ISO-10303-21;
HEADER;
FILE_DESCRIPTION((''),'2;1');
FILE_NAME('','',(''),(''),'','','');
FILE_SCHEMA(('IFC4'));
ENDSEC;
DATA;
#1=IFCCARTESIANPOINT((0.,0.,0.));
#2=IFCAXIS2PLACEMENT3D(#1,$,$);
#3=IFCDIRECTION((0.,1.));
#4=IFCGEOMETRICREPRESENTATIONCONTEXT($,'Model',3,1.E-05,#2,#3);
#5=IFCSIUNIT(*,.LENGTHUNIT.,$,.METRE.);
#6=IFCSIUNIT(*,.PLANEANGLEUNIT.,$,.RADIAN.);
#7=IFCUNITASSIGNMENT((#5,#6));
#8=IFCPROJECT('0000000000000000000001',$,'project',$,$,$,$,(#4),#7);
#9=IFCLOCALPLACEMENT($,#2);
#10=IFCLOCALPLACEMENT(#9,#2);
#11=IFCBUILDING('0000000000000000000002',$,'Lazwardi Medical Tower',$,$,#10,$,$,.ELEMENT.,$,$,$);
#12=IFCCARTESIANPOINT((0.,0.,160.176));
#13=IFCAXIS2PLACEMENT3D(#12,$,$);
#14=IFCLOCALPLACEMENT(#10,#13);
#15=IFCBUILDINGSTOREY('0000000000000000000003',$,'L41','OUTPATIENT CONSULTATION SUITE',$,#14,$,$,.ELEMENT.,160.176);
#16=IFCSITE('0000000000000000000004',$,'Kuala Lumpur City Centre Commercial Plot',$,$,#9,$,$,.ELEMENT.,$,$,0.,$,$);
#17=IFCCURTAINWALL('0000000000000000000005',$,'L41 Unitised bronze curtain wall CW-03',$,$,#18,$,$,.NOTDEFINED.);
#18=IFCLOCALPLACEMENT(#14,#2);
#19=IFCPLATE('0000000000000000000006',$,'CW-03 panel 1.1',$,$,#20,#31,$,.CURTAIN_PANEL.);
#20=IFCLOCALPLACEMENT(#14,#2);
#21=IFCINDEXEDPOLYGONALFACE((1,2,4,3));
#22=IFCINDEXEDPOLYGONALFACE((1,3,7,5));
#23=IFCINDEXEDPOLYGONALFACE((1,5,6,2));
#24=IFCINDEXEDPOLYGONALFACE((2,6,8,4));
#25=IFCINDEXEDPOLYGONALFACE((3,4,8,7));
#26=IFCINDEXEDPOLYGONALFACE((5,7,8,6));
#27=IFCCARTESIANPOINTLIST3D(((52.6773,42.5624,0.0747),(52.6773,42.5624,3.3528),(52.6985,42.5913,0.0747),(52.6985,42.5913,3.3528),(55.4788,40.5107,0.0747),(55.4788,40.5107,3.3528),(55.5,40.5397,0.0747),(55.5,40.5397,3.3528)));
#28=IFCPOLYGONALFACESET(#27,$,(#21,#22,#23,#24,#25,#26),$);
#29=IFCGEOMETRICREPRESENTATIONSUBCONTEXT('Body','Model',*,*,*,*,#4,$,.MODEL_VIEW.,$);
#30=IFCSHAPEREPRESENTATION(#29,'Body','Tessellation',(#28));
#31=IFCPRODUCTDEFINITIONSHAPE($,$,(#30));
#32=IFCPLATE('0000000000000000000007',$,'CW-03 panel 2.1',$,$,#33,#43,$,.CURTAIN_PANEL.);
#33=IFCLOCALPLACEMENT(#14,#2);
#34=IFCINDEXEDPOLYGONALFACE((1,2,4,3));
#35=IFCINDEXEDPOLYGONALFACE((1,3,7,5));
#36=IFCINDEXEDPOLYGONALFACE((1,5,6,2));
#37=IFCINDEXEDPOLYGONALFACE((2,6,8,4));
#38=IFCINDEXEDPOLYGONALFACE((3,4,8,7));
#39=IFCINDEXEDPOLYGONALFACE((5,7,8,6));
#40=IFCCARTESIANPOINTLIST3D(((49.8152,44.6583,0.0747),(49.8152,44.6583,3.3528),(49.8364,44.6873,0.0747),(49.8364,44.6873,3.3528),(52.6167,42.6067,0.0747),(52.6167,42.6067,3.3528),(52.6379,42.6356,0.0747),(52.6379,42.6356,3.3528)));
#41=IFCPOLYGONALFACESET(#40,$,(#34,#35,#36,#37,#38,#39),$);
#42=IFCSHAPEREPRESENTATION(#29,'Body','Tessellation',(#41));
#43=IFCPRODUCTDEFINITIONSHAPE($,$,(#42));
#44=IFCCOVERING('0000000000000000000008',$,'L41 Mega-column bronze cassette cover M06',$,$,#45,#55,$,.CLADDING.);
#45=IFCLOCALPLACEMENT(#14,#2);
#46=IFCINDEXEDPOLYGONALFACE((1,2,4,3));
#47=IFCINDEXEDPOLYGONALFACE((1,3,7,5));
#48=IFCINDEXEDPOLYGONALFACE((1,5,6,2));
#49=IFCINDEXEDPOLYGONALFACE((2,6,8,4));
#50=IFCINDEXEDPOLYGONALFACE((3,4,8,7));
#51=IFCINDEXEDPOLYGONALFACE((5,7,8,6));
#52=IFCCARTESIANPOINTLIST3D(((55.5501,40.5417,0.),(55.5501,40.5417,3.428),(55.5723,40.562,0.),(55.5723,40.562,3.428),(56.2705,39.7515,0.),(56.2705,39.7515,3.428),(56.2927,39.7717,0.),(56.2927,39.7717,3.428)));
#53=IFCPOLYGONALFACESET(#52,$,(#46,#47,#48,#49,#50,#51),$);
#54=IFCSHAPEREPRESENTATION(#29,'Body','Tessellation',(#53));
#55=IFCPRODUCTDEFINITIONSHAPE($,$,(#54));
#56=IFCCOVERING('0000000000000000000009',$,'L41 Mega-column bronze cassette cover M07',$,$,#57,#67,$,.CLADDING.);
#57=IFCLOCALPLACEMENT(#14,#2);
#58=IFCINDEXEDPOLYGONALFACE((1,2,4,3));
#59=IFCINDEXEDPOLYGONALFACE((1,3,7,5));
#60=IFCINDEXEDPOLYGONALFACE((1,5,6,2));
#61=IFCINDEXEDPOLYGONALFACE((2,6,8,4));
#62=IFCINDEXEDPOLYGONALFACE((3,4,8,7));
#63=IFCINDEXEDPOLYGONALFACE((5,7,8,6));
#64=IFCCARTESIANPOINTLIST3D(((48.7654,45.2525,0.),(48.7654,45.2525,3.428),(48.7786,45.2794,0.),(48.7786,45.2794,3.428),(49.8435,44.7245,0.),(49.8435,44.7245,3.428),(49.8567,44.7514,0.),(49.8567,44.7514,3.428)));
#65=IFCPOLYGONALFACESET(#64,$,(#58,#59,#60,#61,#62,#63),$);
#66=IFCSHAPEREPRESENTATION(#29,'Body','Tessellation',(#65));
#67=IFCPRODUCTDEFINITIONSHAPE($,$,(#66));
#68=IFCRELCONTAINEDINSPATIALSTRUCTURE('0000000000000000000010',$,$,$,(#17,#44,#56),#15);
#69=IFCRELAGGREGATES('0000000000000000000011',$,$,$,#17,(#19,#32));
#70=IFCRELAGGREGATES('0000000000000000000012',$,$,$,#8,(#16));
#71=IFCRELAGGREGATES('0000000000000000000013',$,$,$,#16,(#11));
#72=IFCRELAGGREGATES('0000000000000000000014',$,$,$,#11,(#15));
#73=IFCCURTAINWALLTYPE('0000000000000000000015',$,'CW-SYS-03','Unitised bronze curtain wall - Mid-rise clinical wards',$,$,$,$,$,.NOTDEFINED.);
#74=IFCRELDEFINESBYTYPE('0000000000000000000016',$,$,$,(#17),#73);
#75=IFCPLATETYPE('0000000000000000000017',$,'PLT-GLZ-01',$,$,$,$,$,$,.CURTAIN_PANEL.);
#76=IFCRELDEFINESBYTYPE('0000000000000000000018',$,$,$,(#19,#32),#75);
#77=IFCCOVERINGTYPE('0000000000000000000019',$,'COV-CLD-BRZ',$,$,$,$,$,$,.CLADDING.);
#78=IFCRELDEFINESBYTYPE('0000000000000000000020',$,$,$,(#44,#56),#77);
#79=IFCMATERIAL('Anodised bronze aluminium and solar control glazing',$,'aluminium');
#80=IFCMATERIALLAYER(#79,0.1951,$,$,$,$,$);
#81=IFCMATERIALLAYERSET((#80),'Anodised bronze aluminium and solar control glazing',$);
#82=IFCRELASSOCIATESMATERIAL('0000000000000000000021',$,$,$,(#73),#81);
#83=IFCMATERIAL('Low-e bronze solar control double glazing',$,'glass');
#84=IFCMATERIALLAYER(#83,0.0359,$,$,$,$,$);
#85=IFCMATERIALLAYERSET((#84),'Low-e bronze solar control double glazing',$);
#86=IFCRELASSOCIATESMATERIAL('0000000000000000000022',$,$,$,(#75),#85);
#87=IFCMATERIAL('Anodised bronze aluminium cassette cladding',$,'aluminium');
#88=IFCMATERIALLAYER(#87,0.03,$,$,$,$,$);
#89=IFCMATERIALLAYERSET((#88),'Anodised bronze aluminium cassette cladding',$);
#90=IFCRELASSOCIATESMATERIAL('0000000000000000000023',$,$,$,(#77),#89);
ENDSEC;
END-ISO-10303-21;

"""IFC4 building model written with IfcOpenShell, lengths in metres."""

from ifc_helpers import new_model, si_unit, direction, frame, origin, origin_2d, place, context, subcontext, project, spatial, rectangle, extrude, material, layer, layer_set, type_object, element, aggregate, save


model = new_model("IFC4")

# Units and contexts
model_context = context("Model", 3, precision=1e-05, world=origin(), true_north=direction((0.0, 1.0)))
body_context = subcontext(model_context, "Body", "Model", "MODEL_VIEW")
ifc_project = project(units=[si_unit("LENGTHUNIT", "METRE"), si_unit("PLANEANGLEUNIT", "RADIAN")], contexts=[model_context])

# Site, building, storey
site_placement = place(None, origin())
site = spatial("IfcSite", under=ifc_project, at=site_placement, Name="Kuala Lumpur City Centre Commercial Plot", CompositionType="ELEMENT", RefElevation=0.0)
building_placement = place(site_placement, origin())
building = spatial("IfcBuilding", under=site, at=building_placement, Name="Lazwardi Medical Tower", CompositionType="ELEMENT")
storey_placement = place(building_placement, frame((0.0, 0.0, 160.176)))
storey = spatial("IfcBuildingStorey", under=building, at=storey_placement, Name="L41", Description="OUTPATIENT CONSULTATION SUITE", CompositionType="ELEMENT", Elevation=160.176)

# Shared definitions
ifc_material_1 = material(Name="Anodised bronze aluminium and solar control glazing", Category="aluminium")
ifc_layer_1 = layer(ifc_material_1, 0.1951)
ifc_layer_set_1 = layer_set([ifc_layer_1], Name="Anodised bronze aluminium and solar control glazing")
curtain_wall_type = type_object("IfcCurtainWallType", Name="CW-SYS-03", Description="Unitised bronze curtain wall - Mid-rise clinical wards", PredefinedType="NOTDEFINED", material=ifc_layer_set_1)

# Curtain wall
curtain_wall_1_placement = place(storey_placement, origin())
curtain_wall_1 = element("IfcCurtainWall", 1, at=curtain_wall_1_placement, inside=storey, type_object=curtain_wall_type, Name="L41 Unitised bronze curtain wall CW-03", PredefinedType="NOTDEFINED")

# Plates
ifc_material_2 = material(Name="Low-e bronze solar control double glazing", Category="glass")
ifc_layer_2 = layer(ifc_material_2, 0.0359)
ifc_layer_set_2 = layer_set([ifc_layer_2], Name="Low-e bronze solar control double glazing")
plate_type = type_object("IfcPlateType", Name="PLT-GLZ-01", PredefinedType="CURTAIN_PANEL", material=ifc_layer_set_2)
plate_1_placement = place(storey_placement, frame((54.0886, 41.551, 0.0747), z_axis=(0.0, 0.0, 1.0), x_axis=(-0.806793, 0.590834, 0.0)))
plate_1 = element("IfcPlate", 2, at=plate_1_placement, type_object=plate_type, Name="CW-03 panel 1.1", PredefinedType="CURTAIN_PANEL", context=body_context, shape_type="SweptSolid", body=[
    extrude(rectangle(XDim=3.4724, YDim=0.0359, at=origin_2d()), origin(), (0.0, 0.0, 1.0), 3.2781),
])
plate_2_placement = place(storey_placement, frame((51.2266, 43.647, 0.0747), z_axis=(0.0, 0.0, 1.0), x_axis=(-0.806793, 0.590834, 0.0)))
plate_2 = element("IfcPlate", 3, at=plate_2_placement, type_object=plate_type, Name="CW-03 panel 2.1", PredefinedType="CURTAIN_PANEL", context=body_context, shape_type="SweptSolid", body=[
    extrude(rectangle(XDim=3.4724, YDim=0.0359, at=origin_2d()), origin(), (0.0, 0.0, 1.0), 3.2781),
])
aggregate(curtain_wall_1, [plate_1, plate_2])

# Coverings
ifc_material_3 = material(Name="Anodised bronze aluminium cassette cladding", Category="aluminium")
ifc_layer_3 = layer(ifc_material_3, 0.03)
ifc_layer_set_3 = layer_set([ifc_layer_3], Name="Anodised bronze aluminium cassette cladding")
covering_type = type_object("IfcCoveringType", Name="COV-CLD-BRZ", PredefinedType="CLADDING", material=ifc_layer_set_3)
covering_1_placement = place(storey_placement, frame((55.9214, 40.1567, 0.0), z_axis=(0.0, 0.0, 1.0), x_axis=(-0.673714, 0.738992, 0.0)))
element("IfcCovering", 4, at=covering_1_placement, inside=storey, type_object=covering_type, Name="L41 Mega-column bronze cassette cover M06", PredefinedType="CLADDING", context=body_context, shape_type="SweptSolid", body=[
    extrude(rectangle(XDim=1.0693, YDim=0.03, at=origin_2d()), origin(), (0.0, 0.0, 1.0), 3.428),
])
covering_2_placement = place(storey_placement, frame((49.311, 45.002, 0.0), z_axis=(0.0, 0.0, 1.0), x_axis=(-0.898079, 0.439834, 0.0)))
element("IfcCovering", 5, at=covering_2_placement, inside=storey, type_object=covering_type, Name="L41 Mega-column bronze cassette cover M07", PredefinedType="CLADDING", context=body_context, shape_type="SweptSolid", body=[
    extrude(rectangle(XDim=1.2004, YDim=0.03, at=origin_2d()), origin(), (0.0, 0.0, 1.0), 3.428),
])

save(model, "model.ifc")
